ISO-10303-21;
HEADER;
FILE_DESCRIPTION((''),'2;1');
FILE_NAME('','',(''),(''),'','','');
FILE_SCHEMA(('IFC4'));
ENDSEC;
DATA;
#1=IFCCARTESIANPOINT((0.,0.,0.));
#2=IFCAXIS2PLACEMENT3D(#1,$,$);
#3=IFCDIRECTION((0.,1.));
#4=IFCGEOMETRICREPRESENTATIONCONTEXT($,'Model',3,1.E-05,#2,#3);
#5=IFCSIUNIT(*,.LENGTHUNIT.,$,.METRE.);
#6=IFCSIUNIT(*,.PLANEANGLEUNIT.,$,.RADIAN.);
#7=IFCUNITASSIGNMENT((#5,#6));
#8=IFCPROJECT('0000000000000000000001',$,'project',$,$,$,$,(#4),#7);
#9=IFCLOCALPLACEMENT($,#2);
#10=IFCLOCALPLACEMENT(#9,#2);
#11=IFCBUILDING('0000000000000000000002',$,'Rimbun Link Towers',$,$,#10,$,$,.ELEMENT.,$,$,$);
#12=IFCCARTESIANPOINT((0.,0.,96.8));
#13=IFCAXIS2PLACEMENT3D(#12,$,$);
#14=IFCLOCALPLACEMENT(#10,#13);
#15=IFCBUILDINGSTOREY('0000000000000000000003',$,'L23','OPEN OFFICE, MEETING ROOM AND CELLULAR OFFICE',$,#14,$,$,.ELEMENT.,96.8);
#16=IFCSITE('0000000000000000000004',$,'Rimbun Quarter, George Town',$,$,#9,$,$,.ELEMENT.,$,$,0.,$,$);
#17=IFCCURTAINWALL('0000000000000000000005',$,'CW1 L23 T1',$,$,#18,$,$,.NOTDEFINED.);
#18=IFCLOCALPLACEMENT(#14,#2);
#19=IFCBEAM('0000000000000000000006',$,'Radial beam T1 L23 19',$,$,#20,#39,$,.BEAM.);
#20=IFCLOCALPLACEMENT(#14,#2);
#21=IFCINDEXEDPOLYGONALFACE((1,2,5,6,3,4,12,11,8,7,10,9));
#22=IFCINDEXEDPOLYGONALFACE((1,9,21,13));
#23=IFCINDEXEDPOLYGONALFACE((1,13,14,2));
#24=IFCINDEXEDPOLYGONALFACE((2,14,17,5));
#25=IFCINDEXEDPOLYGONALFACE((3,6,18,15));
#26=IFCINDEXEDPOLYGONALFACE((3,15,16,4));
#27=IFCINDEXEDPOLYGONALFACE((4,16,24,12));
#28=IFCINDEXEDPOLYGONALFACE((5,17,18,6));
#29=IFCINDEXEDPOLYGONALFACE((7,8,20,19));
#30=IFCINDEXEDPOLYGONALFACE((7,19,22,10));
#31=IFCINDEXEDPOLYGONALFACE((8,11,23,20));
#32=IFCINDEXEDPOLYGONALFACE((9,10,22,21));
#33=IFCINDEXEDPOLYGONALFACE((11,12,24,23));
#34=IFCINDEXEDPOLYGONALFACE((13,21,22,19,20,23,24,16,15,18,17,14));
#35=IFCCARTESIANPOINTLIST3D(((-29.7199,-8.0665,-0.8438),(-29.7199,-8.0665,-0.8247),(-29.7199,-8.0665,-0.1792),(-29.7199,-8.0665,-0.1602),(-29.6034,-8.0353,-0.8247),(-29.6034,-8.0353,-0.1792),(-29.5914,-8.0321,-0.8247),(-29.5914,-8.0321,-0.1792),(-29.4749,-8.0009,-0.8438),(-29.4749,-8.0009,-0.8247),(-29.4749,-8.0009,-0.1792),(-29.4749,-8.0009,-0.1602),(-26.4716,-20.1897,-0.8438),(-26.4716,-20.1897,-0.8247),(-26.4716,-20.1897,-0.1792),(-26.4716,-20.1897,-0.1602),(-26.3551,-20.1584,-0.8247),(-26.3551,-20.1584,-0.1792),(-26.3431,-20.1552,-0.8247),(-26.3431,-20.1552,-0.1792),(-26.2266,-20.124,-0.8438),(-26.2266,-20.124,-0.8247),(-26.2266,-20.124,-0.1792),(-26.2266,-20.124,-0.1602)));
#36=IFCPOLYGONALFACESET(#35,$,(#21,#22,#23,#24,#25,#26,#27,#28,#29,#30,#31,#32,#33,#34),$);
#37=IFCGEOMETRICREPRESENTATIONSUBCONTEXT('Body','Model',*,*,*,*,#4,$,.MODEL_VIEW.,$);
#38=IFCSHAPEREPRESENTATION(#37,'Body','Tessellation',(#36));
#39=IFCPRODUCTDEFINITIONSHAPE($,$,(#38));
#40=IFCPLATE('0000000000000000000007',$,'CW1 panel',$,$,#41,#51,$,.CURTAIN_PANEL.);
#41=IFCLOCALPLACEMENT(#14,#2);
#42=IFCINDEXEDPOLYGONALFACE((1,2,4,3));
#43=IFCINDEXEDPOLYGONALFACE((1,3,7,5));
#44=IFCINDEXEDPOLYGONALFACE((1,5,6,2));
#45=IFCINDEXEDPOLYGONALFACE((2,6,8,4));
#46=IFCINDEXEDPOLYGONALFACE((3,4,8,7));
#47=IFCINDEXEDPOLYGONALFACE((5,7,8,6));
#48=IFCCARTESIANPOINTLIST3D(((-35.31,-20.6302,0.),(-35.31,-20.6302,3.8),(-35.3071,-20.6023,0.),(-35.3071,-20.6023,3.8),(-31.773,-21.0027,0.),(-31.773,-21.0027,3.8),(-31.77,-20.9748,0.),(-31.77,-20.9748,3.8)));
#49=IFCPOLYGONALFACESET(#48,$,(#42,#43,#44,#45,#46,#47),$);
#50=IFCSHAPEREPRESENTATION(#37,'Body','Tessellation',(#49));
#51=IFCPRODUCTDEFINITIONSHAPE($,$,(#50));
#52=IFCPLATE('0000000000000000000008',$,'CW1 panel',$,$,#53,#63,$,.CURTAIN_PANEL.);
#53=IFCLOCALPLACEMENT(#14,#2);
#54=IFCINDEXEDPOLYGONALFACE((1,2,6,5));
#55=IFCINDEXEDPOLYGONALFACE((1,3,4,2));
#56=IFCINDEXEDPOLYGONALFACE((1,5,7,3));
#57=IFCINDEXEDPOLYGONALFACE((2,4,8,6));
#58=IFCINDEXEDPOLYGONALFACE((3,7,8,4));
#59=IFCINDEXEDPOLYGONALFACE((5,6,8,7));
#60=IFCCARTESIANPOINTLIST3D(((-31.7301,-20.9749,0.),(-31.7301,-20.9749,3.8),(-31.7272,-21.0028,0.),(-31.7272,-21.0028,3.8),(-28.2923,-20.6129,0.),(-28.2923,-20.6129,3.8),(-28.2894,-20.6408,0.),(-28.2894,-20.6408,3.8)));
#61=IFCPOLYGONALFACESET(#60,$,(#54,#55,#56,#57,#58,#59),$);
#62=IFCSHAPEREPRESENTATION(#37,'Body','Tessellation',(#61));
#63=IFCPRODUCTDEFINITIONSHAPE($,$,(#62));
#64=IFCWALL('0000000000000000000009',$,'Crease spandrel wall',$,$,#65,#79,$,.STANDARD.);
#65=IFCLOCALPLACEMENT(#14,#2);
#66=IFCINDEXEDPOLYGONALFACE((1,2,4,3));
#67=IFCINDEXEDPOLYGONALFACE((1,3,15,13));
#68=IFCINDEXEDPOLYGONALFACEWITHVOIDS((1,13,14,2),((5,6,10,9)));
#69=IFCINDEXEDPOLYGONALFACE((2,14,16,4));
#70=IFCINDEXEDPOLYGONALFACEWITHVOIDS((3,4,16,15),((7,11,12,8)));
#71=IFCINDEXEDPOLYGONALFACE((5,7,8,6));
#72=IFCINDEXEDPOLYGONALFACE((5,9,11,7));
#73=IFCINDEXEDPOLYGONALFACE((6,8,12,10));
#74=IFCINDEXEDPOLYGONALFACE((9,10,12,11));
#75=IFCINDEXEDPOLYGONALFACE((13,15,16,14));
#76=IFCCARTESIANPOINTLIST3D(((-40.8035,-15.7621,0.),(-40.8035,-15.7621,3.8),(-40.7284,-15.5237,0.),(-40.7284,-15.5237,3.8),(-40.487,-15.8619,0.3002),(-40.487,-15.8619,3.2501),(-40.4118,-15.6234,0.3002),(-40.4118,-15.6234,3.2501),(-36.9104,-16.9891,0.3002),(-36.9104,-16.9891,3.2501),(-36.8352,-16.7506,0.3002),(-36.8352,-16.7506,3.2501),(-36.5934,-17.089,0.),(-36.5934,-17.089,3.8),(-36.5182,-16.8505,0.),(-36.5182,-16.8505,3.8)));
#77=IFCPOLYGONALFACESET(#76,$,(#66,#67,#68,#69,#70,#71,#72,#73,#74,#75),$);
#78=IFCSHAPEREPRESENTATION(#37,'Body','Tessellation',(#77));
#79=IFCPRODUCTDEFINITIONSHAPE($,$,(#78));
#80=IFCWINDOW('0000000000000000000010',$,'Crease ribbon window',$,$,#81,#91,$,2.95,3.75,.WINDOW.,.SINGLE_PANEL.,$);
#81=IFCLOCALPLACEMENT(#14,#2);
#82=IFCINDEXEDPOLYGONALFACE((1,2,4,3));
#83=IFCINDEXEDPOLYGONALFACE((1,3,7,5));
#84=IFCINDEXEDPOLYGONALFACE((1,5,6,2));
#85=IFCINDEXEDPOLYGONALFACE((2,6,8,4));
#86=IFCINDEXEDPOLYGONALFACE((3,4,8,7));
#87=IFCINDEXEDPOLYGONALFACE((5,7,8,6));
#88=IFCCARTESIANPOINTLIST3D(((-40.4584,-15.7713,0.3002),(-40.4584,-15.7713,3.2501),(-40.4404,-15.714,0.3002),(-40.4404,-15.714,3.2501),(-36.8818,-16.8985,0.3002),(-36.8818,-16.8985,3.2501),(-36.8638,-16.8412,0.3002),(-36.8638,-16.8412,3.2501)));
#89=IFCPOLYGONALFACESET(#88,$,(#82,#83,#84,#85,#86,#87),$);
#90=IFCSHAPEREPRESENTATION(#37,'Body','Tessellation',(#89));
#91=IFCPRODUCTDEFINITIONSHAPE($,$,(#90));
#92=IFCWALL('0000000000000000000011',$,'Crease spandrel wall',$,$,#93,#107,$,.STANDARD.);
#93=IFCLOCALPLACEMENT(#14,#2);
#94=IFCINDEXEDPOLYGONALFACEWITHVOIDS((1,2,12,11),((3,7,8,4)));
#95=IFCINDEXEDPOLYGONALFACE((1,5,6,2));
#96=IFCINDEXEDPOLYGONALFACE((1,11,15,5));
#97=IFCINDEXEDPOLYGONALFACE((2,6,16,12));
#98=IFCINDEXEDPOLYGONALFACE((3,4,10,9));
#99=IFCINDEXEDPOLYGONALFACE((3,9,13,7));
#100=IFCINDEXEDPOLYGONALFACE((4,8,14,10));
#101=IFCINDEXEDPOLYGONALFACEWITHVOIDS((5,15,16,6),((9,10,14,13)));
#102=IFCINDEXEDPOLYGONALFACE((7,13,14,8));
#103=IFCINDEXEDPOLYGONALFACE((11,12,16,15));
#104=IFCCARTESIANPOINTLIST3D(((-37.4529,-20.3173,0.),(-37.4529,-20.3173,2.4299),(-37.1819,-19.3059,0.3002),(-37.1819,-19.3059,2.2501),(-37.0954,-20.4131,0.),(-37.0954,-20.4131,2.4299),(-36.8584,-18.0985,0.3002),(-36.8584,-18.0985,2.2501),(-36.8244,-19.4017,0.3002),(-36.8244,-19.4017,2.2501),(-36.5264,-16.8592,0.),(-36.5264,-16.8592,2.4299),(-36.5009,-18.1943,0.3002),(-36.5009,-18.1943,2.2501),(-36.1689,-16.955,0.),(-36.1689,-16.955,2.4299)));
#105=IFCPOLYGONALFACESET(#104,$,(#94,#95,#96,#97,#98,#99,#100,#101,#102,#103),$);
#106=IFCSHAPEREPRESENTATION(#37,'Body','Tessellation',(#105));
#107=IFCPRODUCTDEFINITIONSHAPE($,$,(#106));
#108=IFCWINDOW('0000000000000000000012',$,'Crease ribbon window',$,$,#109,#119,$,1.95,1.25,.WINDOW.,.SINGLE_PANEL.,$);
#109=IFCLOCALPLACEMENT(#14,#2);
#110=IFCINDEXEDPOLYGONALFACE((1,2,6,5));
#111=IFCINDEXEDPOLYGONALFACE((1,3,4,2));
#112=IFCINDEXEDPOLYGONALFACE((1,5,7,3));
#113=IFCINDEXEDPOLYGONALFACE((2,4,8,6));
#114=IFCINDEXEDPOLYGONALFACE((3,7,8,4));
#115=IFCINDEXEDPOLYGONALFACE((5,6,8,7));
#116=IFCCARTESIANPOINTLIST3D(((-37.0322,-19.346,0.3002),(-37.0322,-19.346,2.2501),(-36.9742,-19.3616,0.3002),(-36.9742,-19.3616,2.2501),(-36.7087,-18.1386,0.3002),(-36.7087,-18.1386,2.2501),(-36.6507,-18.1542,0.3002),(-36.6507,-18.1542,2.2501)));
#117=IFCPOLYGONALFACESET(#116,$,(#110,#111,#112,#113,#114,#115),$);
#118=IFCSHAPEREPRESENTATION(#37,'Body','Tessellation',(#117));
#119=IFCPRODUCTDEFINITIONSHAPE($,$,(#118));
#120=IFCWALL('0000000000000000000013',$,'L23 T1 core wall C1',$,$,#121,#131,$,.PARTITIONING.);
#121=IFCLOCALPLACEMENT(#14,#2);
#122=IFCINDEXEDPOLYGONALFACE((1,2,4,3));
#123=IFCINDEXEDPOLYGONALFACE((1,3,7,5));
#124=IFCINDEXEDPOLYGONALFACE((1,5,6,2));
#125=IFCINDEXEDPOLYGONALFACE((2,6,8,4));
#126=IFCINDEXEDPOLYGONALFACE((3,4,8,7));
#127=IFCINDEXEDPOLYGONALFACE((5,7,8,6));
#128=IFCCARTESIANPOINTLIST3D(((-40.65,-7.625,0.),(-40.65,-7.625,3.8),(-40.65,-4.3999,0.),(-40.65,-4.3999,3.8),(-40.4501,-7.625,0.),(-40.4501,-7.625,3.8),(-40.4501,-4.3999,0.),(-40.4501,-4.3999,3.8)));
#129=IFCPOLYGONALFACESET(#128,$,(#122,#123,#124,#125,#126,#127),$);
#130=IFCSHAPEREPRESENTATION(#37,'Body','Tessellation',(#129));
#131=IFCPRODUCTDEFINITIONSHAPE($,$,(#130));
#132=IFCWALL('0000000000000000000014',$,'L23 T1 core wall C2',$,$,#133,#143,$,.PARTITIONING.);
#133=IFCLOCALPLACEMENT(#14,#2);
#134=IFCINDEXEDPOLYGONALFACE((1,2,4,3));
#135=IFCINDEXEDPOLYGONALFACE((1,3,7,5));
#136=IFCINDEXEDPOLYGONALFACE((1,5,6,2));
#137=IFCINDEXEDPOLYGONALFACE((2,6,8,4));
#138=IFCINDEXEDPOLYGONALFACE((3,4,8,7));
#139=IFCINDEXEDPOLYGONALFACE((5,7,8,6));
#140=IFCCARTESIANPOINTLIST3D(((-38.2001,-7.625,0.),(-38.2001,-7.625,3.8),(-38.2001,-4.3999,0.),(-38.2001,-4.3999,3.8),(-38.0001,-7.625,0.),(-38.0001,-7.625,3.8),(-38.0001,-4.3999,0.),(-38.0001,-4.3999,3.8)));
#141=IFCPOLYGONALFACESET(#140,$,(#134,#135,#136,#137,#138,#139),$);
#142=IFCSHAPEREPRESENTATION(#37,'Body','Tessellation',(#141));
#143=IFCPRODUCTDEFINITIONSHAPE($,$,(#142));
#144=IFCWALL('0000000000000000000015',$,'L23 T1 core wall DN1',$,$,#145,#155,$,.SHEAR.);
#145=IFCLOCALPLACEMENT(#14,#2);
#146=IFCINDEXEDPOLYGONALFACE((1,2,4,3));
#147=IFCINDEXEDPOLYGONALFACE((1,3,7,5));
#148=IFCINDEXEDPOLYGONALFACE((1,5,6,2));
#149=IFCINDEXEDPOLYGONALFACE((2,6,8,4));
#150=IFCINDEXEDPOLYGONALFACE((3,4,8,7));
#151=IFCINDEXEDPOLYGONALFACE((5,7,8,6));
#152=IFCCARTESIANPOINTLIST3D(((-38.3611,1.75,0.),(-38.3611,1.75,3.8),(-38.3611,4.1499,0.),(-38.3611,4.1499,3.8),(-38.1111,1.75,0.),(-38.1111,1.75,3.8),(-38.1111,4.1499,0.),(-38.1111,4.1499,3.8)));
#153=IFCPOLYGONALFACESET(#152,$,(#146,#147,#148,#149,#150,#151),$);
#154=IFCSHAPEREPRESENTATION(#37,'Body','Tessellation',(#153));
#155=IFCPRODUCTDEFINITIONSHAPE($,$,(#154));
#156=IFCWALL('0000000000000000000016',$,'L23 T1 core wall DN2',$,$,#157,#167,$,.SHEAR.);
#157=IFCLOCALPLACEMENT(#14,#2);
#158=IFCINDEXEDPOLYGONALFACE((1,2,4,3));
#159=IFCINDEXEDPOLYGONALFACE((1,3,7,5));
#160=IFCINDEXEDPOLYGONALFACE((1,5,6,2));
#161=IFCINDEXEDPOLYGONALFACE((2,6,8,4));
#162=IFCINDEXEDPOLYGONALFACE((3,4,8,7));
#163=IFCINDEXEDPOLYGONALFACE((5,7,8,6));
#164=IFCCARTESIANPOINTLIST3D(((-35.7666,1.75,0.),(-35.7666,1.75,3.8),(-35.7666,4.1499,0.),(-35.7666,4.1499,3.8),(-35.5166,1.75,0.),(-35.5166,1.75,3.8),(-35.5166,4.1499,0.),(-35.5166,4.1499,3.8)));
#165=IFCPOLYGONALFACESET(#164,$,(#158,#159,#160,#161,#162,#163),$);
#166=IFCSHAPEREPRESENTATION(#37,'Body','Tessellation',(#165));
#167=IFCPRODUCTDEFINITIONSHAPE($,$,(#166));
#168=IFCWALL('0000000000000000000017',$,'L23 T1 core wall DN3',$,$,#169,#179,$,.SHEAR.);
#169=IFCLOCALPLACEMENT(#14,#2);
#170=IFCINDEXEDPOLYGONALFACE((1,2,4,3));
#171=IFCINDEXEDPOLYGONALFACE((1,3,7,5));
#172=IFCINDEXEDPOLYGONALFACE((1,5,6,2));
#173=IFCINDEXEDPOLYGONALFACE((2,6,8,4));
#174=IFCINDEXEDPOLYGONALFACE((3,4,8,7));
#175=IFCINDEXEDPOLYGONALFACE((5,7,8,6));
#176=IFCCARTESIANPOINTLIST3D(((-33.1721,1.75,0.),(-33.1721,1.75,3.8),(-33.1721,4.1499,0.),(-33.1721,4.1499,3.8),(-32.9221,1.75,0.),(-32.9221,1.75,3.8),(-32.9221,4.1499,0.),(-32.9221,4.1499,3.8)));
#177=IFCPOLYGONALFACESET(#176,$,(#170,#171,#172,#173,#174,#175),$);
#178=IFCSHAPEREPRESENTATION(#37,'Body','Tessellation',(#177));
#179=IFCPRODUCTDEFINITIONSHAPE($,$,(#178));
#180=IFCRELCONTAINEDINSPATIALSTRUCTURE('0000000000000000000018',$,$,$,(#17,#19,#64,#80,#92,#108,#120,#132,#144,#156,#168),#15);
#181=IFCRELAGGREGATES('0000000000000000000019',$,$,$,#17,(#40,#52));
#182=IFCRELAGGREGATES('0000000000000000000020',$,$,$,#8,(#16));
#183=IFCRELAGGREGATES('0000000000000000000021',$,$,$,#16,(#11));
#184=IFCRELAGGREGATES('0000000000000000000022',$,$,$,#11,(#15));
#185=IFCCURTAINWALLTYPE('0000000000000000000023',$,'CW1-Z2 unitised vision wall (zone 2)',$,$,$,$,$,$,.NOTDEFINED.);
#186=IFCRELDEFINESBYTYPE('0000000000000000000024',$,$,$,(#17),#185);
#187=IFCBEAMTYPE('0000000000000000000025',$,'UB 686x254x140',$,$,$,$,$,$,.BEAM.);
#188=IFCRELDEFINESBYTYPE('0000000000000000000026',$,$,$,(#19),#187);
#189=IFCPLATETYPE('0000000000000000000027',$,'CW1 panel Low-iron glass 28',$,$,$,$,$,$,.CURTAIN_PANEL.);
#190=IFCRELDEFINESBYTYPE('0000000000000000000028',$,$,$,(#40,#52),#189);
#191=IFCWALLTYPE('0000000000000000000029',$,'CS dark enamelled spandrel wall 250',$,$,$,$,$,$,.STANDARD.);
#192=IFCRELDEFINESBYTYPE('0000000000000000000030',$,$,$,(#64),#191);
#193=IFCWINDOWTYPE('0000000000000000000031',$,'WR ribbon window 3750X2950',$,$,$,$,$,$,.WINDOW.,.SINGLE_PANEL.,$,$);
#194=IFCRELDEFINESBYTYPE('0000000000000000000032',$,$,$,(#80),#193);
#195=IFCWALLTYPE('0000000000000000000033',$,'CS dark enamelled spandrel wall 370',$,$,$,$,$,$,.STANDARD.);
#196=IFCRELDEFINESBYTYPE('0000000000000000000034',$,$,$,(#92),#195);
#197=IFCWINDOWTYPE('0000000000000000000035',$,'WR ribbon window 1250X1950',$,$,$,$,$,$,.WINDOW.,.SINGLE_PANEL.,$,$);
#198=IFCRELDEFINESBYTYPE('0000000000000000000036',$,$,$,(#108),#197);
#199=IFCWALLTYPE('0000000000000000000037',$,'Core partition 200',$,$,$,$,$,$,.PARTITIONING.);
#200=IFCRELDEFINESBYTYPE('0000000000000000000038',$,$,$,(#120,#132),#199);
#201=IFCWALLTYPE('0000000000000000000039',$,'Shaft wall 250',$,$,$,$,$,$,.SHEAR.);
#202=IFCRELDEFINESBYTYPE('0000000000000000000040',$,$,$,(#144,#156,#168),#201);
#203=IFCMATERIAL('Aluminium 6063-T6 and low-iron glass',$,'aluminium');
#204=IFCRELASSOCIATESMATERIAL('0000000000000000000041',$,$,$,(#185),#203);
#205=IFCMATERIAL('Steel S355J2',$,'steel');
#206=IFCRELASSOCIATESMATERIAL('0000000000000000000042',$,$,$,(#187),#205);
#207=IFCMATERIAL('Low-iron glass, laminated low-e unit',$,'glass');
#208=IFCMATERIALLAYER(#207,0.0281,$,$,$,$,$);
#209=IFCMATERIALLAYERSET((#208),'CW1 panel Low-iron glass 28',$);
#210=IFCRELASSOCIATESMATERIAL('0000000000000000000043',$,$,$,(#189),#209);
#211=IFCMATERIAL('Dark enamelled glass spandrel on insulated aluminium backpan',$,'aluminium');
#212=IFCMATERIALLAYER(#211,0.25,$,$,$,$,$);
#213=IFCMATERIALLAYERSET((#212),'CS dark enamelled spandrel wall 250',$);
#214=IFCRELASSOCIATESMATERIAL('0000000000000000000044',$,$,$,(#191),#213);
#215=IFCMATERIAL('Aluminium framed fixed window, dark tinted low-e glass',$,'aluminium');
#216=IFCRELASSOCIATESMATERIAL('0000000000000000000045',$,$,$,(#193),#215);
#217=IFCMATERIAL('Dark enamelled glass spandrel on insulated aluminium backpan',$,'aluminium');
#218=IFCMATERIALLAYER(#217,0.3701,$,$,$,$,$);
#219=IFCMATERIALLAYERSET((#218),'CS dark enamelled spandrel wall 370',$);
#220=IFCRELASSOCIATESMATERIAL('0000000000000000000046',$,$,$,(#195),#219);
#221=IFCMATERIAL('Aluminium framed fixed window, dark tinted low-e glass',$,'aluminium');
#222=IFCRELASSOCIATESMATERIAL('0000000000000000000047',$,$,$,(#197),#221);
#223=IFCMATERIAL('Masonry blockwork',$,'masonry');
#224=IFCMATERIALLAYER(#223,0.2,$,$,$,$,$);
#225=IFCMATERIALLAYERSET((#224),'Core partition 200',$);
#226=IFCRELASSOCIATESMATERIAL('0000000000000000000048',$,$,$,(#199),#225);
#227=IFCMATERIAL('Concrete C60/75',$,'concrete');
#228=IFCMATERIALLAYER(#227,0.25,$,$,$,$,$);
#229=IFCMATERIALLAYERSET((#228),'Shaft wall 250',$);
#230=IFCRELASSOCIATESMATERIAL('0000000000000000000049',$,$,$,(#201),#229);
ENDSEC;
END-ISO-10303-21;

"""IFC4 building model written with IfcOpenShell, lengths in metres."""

from ifc_helpers import new_model, si_unit, direction, frame, frame_2d, origin, origin_2d, place, context, subcontext, project, spatial, rectangle, i_section, extrude, material, layer, layer_set, material_profile, profile_set, type_object, element, fill, aggregate, save


model = new_model("IFC4")

# Units and contexts
model_context = context("Model", 3, precision=1e-05, world=origin(), true_north=direction((0.0, 1.0)))
body_context = subcontext(model_context, "Body", "Model", "MODEL_VIEW")
ifc_project = project(units=[si_unit("LENGTHUNIT", "METRE"), si_unit("PLANEANGLEUNIT", "RADIAN")], contexts=[model_context])

# Site, building, storey
site_placement = place(None, origin())
site = spatial("IfcSite", under=ifc_project, at=site_placement, Name="Rimbun Quarter, George Town", CompositionType="ELEMENT", RefElevation=0.0)
building_placement = place(site_placement, origin())
building = spatial("IfcBuilding", under=site, at=building_placement, Name="Rimbun Link Towers", CompositionType="ELEMENT")
storey_placement = place(building_placement, frame((0.0, 0.0, 96.8)))
storey = spatial("IfcBuildingStorey", under=building, at=storey_placement, Name="L23", Description="OPEN OFFICE, MEETING ROOM AND CELLULAR OFFICE", CompositionType="ELEMENT", Elevation=96.8)

# Curtain wall
ifc_material_1 = material(Name="Aluminium 6063-T6 and low-iron glass", Category="aluminium")
curtain_wall_type = type_object("IfcCurtainWallType", Name="CW1-Z2 unitised vision wall (zone 2)", PredefinedType="NOTDEFINED", material=ifc_material_1)
curtain_wall_placement = place(storey_placement, origin())
curtain_wall = element("IfcCurtainWall", 1, at=curtain_wall_placement, inside=storey, type_object=curtain_wall_type, Name="CW1 L23 T1", PredefinedType="NOTDEFINED")

# Beam
ifc_material_2 = material(Name="Steel S355J2", Category="steel")
ifc_material_profile_1 = material_profile(ifc_material_2, i_section(OverallWidth=0.2537, OverallDepth=0.6836, WebThickness=0.0125, FlangeThickness=0.019, at=origin_2d()), Name="UB 686x254x140")
ifc_profile_set_1 = profile_set([ifc_material_profile_1], Name="Steel S355J2")
beam_type_1 = type_object("IfcBeamType", Name="UB 686x254x140", PredefinedType="BEAM", material=ifc_profile_set_1)
beam_1_placement = place(storey_placement, frame((-29.5974, -8.0337, -0.502), z_axis=(0.258814, -0.965927, 0.0), x_axis=(0.965927, 0.258814, 0.0)))
element("IfcBeam", 2, at=beam_1_placement, inside=storey, type_object=beam_type_1, Name="Radial beam T1 L23 19", PredefinedType="BEAM", context=body_context, shape_type="SweptSolid", body=[
    extrude(i_section(OverallWidth=0.2537, OverallDepth=0.6836, WebThickness=0.0125, FlangeThickness=0.019, at=origin_2d()), origin(), (0.0, 0.0, 1.0), 12.5508),
])

# Plates
ifc_material_3 = material(Name="Low-iron glass, laminated low-e unit", Category="glass")
ifc_layer_1 = layer(ifc_material_3, 0.0281)
ifc_layer_set_1 = layer_set([ifc_layer_1], Name="CW1 panel Low-iron glass 28")
plate_type = type_object("IfcPlateType", Name="CW1 panel Low-iron glass 28", PredefinedType="CURTAIN_PANEL", material=ifc_layer_set_1)
plate_1_placement = place(storey_placement, frame((-33.54, -20.8025, 0.0), z_axis=(0.0, 0.0, 1.0), x_axis=(-0.9945, 0.104735, 0.0)))
plate_1 = element("IfcPlate", 3, at=plate_1_placement, type_object=plate_type, Name="CW1 panel", PredefinedType="CURTAIN_PANEL", context=body_context, shape_type="SweptSolid", body=[
    extrude(rectangle(XDim=3.5566, YDim=0.0281, at=origin_2d()), origin(), (0.0, 0.0, 1.0), 3.8),
])
plate_2_placement = place(storey_placement, frame((-30.0098, -20.8079, 0.0), z_axis=(0.0, 0.0, 1.0), x_axis=(-0.9945, -0.104735, 0.0)))
plate_2 = element("IfcPlate", 4, at=plate_2_placement, type_object=plate_type, Name="CW1 panel", PredefinedType="CURTAIN_PANEL", context=body_context, shape_type="SweptSolid", body=[
    extrude(rectangle(XDim=3.4568, YDim=0.0281, at=origin_2d()), origin(), (0.0, 0.0, 1.0), 3.8),
])
aggregate(curtain_wall, [plate_1, plate_2])

# Walls, openings, windows
ifc_material_4 = material(Name="Dark enamelled glass spandrel on insulated aluminium backpan", Category="aluminium")
ifc_layer_2 = layer(ifc_material_4, 0.25)
ifc_layer_set_2 = layer_set([ifc_layer_2], Name="CS dark enamelled spandrel wall 250")
wall_type_1 = type_object("IfcWallType", Name="CS dark enamelled spandrel wall 250", PredefinedType="STANDARD", material=ifc_layer_set_2)
wall_1_placement = place(storey_placement, frame((-36.5559, -16.9697, 0.0), z_axis=(0.0, 0.0, 1.0), x_axis=(-0.953754, 0.300589, 0.0)))
wall_1 = element("IfcWall", 5, at=wall_1_placement, inside=storey, type_object=wall_type_1, Name="Crease spandrel wall", PredefinedType="STANDARD", context=body_context, shape_type="SweptSolid", body=[
    extrude(rectangle(XDim=4.4143, YDim=0.25, at=frame_2d((2.207, 0.0))), origin(), (0.0, 0.0, 1.0), 3.8),
])
opening_1_placement = place(wall_1_placement, frame((0.3323, 0.0, 0.3)))
opening_1 = element("IfcOpeningElement", 6, at=opening_1_placement, cuts=wall_1, PredefinedType="OPENING", context=body_context, shape_type="SweptSolid", body=[
    extrude(rectangle(XDim=3.75, YDim=2.95, at=frame_2d((1.875, 1.4751))), frame((0.0, 0.135, 0.0), z_axis=(0.0, -1.0, 0.0), x_axis=(1.0, 0.0, 0.0)), (0.0, 0.0, 1.0), 0.27),
])
ifc_material_5 = material(Name="Aluminium framed fixed window, dark tinted low-e glass", Category="aluminium")
window_type_1 = type_object("IfcWindowType", Name="WR ribbon window 3750X2950", PartitioningType="SINGLE_PANEL", PredefinedType="WINDOW", material=ifc_material_5)
window_1_placement = place(opening_1_placement, origin())
window_1 = element("IfcWindow", 7, at=window_1_placement, inside=storey, type_object=window_type_1, Name="Crease ribbon window", OverallHeight=2.95, OverallWidth=3.75, PartitioningType="SINGLE_PANEL", PredefinedType="WINDOW", context=body_context, shape_type="SweptSolid", body=[
    extrude(rectangle(XDim=3.75, YDim=2.95, at=frame_2d((1.875, 1.4751))), frame((0.0, 0.03, 0.0), z_axis=(0.0, -1.0, 0.0), x_axis=(1.0, 0.0, 0.0)), (0.0, 0.0, 1.0), 0.0601),
])
fill(opening_1, window_1)
ifc_material_6 = material(Name="Dark enamelled glass spandrel on insulated aluminium backpan", Category="aluminium")
ifc_layer_3 = layer(ifc_material_6, 0.3701)
ifc_layer_set_3 = layer_set([ifc_layer_3], Name="CS dark enamelled spandrel wall 370")
wall_type_2 = type_object("IfcWallType", Name="CS dark enamelled spandrel wall 370", PredefinedType="STANDARD", material=ifc_layer_set_3)
wall_2_placement = place(storey_placement, frame((-37.2742, -20.3652, 0.0), z_axis=(0.0, 0.0, 1.0), x_axis=(0.258804, 0.96593, 0.0)))
wall_2 = element("IfcWall", 8, at=wall_2_placement, inside=storey, type_object=wall_type_2, Name="Crease spandrel wall", PredefinedType="STANDARD", context=body_context, shape_type="SweptSolid", body=[
    extrude(rectangle(XDim=3.5801, YDim=0.3701, at=frame_2d((1.79, 0.0))), origin(), (0.0, 0.0, 1.0), 2.4299),
])
opening_2_placement = place(wall_2_placement, frame((1.0471, 0.0, 0.3)))
opening_2 = element("IfcOpeningElement", 9, at=opening_2_placement, cuts=wall_2, PredefinedType="OPENING", context=body_context, shape_type="SweptSolid", body=[
    extrude(rectangle(XDim=1.25, YDim=1.95, at=frame_2d((0.625, 0.9751))), frame((0.0, 0.1951, 0.0), z_axis=(0.0, -1.0, 0.0), x_axis=(1.0, 0.0, 0.0)), (0.0, 0.0, 1.0), 0.3901),
])
ifc_material_7 = material(Name="Aluminium framed fixed window, dark tinted low-e glass", Category="aluminium")
window_type_2 = type_object("IfcWindowType", Name="WR ribbon window 1250X1950", PartitioningType="SINGLE_PANEL", PredefinedType="WINDOW", material=ifc_material_7)
window_2_placement = place(opening_2_placement, origin())
window_2 = element("IfcWindow", 10, at=window_2_placement, inside=storey, type_object=window_type_2, Name="Crease ribbon window", OverallHeight=1.95, OverallWidth=1.25, PartitioningType="SINGLE_PANEL", PredefinedType="WINDOW", context=body_context, shape_type="SweptSolid", body=[
    extrude(rectangle(XDim=1.25, YDim=1.95, at=frame_2d((0.625, 0.9751))), frame((0.0, 0.03, 0.0), z_axis=(0.0, -1.0, 0.0), x_axis=(1.0, 0.0, 0.0)), (0.0, 0.0, 1.0), 0.0601),
])
fill(opening_2, window_2)

# Walls
ifc_material_8 = material(Name="Masonry blockwork", Category="masonry")
ifc_layer_4 = layer(ifc_material_8, 0.2)
ifc_layer_set_4 = layer_set([ifc_layer_4], Name="Core partition 200")
wall_type_3 = type_object("IfcWallType", Name="Core partition 200", PredefinedType="PARTITIONING", material=ifc_layer_set_4)
for number, where, z_axis, x_axis, name in (
    (11, (-40.55, -4.3999, 0.0), (0.0, 0.0, 1.0), (0.0, -1.0, 0.0), "L23 T1 core wall C1"),
    (12, (-38.1001, -4.3999, 0.0), (0.0, 0.0, 1.0), (0.0, -1.0, 0.0), "L23 T1 core wall C2"),
):
    element("IfcWall", number, at=place(storey_placement, frame(where, z_axis=z_axis, x_axis=x_axis)), inside=storey, type_object=wall_type_3, Name=name, PredefinedType="PARTITIONING", context=body_context, shape_type="SweptSolid", body=[
        extrude(rectangle(XDim=3.2251, YDim=0.2, at=frame_2d((1.6125, 0.0))), origin(), (0.0, 0.0, 1.0), 3.8),
    ])
ifc_material_9 = material(Name="Concrete C60/75", Category="concrete")
ifc_layer_5 = layer(ifc_material_9, 0.25)
ifc_layer_set_5 = layer_set([ifc_layer_5], Name="Shaft wall 250")
wall_type_4 = type_object("IfcWallType", Name="Shaft wall 250", PredefinedType="SHEAR", material=ifc_layer_set_5)
for number, where, z_axis, x_axis, name in (
    (13, (-38.2361, 1.75, 0.0), (0.0, 0.0, 1.0), (0.0, 1.0, 0.0), "L23 T1 core wall DN1"),
    (14, (-35.6416, 1.75, 0.0), (0.0, 0.0, 1.0), (0.0, 1.0, 0.0), "L23 T1 core wall DN2"),
    (15, (-33.0471, 1.75, 0.0), (0.0, 0.0, 1.0), (0.0, 1.0, 0.0), "L23 T1 core wall DN3"),
):
    element("IfcWall", number, at=place(storey_placement, frame(where, z_axis=z_axis, x_axis=x_axis)), inside=storey, type_object=wall_type_4, Name=name, PredefinedType="SHEAR", context=body_context, shape_type="SweptSolid", body=[
        extrude(rectangle(XDim=2.3999, YDim=0.25, at=frame_2d((1.2, 0.0))), origin(), (0.0, 0.0, 1.0), 3.8),
    ])

save(model, "model.ifc")
